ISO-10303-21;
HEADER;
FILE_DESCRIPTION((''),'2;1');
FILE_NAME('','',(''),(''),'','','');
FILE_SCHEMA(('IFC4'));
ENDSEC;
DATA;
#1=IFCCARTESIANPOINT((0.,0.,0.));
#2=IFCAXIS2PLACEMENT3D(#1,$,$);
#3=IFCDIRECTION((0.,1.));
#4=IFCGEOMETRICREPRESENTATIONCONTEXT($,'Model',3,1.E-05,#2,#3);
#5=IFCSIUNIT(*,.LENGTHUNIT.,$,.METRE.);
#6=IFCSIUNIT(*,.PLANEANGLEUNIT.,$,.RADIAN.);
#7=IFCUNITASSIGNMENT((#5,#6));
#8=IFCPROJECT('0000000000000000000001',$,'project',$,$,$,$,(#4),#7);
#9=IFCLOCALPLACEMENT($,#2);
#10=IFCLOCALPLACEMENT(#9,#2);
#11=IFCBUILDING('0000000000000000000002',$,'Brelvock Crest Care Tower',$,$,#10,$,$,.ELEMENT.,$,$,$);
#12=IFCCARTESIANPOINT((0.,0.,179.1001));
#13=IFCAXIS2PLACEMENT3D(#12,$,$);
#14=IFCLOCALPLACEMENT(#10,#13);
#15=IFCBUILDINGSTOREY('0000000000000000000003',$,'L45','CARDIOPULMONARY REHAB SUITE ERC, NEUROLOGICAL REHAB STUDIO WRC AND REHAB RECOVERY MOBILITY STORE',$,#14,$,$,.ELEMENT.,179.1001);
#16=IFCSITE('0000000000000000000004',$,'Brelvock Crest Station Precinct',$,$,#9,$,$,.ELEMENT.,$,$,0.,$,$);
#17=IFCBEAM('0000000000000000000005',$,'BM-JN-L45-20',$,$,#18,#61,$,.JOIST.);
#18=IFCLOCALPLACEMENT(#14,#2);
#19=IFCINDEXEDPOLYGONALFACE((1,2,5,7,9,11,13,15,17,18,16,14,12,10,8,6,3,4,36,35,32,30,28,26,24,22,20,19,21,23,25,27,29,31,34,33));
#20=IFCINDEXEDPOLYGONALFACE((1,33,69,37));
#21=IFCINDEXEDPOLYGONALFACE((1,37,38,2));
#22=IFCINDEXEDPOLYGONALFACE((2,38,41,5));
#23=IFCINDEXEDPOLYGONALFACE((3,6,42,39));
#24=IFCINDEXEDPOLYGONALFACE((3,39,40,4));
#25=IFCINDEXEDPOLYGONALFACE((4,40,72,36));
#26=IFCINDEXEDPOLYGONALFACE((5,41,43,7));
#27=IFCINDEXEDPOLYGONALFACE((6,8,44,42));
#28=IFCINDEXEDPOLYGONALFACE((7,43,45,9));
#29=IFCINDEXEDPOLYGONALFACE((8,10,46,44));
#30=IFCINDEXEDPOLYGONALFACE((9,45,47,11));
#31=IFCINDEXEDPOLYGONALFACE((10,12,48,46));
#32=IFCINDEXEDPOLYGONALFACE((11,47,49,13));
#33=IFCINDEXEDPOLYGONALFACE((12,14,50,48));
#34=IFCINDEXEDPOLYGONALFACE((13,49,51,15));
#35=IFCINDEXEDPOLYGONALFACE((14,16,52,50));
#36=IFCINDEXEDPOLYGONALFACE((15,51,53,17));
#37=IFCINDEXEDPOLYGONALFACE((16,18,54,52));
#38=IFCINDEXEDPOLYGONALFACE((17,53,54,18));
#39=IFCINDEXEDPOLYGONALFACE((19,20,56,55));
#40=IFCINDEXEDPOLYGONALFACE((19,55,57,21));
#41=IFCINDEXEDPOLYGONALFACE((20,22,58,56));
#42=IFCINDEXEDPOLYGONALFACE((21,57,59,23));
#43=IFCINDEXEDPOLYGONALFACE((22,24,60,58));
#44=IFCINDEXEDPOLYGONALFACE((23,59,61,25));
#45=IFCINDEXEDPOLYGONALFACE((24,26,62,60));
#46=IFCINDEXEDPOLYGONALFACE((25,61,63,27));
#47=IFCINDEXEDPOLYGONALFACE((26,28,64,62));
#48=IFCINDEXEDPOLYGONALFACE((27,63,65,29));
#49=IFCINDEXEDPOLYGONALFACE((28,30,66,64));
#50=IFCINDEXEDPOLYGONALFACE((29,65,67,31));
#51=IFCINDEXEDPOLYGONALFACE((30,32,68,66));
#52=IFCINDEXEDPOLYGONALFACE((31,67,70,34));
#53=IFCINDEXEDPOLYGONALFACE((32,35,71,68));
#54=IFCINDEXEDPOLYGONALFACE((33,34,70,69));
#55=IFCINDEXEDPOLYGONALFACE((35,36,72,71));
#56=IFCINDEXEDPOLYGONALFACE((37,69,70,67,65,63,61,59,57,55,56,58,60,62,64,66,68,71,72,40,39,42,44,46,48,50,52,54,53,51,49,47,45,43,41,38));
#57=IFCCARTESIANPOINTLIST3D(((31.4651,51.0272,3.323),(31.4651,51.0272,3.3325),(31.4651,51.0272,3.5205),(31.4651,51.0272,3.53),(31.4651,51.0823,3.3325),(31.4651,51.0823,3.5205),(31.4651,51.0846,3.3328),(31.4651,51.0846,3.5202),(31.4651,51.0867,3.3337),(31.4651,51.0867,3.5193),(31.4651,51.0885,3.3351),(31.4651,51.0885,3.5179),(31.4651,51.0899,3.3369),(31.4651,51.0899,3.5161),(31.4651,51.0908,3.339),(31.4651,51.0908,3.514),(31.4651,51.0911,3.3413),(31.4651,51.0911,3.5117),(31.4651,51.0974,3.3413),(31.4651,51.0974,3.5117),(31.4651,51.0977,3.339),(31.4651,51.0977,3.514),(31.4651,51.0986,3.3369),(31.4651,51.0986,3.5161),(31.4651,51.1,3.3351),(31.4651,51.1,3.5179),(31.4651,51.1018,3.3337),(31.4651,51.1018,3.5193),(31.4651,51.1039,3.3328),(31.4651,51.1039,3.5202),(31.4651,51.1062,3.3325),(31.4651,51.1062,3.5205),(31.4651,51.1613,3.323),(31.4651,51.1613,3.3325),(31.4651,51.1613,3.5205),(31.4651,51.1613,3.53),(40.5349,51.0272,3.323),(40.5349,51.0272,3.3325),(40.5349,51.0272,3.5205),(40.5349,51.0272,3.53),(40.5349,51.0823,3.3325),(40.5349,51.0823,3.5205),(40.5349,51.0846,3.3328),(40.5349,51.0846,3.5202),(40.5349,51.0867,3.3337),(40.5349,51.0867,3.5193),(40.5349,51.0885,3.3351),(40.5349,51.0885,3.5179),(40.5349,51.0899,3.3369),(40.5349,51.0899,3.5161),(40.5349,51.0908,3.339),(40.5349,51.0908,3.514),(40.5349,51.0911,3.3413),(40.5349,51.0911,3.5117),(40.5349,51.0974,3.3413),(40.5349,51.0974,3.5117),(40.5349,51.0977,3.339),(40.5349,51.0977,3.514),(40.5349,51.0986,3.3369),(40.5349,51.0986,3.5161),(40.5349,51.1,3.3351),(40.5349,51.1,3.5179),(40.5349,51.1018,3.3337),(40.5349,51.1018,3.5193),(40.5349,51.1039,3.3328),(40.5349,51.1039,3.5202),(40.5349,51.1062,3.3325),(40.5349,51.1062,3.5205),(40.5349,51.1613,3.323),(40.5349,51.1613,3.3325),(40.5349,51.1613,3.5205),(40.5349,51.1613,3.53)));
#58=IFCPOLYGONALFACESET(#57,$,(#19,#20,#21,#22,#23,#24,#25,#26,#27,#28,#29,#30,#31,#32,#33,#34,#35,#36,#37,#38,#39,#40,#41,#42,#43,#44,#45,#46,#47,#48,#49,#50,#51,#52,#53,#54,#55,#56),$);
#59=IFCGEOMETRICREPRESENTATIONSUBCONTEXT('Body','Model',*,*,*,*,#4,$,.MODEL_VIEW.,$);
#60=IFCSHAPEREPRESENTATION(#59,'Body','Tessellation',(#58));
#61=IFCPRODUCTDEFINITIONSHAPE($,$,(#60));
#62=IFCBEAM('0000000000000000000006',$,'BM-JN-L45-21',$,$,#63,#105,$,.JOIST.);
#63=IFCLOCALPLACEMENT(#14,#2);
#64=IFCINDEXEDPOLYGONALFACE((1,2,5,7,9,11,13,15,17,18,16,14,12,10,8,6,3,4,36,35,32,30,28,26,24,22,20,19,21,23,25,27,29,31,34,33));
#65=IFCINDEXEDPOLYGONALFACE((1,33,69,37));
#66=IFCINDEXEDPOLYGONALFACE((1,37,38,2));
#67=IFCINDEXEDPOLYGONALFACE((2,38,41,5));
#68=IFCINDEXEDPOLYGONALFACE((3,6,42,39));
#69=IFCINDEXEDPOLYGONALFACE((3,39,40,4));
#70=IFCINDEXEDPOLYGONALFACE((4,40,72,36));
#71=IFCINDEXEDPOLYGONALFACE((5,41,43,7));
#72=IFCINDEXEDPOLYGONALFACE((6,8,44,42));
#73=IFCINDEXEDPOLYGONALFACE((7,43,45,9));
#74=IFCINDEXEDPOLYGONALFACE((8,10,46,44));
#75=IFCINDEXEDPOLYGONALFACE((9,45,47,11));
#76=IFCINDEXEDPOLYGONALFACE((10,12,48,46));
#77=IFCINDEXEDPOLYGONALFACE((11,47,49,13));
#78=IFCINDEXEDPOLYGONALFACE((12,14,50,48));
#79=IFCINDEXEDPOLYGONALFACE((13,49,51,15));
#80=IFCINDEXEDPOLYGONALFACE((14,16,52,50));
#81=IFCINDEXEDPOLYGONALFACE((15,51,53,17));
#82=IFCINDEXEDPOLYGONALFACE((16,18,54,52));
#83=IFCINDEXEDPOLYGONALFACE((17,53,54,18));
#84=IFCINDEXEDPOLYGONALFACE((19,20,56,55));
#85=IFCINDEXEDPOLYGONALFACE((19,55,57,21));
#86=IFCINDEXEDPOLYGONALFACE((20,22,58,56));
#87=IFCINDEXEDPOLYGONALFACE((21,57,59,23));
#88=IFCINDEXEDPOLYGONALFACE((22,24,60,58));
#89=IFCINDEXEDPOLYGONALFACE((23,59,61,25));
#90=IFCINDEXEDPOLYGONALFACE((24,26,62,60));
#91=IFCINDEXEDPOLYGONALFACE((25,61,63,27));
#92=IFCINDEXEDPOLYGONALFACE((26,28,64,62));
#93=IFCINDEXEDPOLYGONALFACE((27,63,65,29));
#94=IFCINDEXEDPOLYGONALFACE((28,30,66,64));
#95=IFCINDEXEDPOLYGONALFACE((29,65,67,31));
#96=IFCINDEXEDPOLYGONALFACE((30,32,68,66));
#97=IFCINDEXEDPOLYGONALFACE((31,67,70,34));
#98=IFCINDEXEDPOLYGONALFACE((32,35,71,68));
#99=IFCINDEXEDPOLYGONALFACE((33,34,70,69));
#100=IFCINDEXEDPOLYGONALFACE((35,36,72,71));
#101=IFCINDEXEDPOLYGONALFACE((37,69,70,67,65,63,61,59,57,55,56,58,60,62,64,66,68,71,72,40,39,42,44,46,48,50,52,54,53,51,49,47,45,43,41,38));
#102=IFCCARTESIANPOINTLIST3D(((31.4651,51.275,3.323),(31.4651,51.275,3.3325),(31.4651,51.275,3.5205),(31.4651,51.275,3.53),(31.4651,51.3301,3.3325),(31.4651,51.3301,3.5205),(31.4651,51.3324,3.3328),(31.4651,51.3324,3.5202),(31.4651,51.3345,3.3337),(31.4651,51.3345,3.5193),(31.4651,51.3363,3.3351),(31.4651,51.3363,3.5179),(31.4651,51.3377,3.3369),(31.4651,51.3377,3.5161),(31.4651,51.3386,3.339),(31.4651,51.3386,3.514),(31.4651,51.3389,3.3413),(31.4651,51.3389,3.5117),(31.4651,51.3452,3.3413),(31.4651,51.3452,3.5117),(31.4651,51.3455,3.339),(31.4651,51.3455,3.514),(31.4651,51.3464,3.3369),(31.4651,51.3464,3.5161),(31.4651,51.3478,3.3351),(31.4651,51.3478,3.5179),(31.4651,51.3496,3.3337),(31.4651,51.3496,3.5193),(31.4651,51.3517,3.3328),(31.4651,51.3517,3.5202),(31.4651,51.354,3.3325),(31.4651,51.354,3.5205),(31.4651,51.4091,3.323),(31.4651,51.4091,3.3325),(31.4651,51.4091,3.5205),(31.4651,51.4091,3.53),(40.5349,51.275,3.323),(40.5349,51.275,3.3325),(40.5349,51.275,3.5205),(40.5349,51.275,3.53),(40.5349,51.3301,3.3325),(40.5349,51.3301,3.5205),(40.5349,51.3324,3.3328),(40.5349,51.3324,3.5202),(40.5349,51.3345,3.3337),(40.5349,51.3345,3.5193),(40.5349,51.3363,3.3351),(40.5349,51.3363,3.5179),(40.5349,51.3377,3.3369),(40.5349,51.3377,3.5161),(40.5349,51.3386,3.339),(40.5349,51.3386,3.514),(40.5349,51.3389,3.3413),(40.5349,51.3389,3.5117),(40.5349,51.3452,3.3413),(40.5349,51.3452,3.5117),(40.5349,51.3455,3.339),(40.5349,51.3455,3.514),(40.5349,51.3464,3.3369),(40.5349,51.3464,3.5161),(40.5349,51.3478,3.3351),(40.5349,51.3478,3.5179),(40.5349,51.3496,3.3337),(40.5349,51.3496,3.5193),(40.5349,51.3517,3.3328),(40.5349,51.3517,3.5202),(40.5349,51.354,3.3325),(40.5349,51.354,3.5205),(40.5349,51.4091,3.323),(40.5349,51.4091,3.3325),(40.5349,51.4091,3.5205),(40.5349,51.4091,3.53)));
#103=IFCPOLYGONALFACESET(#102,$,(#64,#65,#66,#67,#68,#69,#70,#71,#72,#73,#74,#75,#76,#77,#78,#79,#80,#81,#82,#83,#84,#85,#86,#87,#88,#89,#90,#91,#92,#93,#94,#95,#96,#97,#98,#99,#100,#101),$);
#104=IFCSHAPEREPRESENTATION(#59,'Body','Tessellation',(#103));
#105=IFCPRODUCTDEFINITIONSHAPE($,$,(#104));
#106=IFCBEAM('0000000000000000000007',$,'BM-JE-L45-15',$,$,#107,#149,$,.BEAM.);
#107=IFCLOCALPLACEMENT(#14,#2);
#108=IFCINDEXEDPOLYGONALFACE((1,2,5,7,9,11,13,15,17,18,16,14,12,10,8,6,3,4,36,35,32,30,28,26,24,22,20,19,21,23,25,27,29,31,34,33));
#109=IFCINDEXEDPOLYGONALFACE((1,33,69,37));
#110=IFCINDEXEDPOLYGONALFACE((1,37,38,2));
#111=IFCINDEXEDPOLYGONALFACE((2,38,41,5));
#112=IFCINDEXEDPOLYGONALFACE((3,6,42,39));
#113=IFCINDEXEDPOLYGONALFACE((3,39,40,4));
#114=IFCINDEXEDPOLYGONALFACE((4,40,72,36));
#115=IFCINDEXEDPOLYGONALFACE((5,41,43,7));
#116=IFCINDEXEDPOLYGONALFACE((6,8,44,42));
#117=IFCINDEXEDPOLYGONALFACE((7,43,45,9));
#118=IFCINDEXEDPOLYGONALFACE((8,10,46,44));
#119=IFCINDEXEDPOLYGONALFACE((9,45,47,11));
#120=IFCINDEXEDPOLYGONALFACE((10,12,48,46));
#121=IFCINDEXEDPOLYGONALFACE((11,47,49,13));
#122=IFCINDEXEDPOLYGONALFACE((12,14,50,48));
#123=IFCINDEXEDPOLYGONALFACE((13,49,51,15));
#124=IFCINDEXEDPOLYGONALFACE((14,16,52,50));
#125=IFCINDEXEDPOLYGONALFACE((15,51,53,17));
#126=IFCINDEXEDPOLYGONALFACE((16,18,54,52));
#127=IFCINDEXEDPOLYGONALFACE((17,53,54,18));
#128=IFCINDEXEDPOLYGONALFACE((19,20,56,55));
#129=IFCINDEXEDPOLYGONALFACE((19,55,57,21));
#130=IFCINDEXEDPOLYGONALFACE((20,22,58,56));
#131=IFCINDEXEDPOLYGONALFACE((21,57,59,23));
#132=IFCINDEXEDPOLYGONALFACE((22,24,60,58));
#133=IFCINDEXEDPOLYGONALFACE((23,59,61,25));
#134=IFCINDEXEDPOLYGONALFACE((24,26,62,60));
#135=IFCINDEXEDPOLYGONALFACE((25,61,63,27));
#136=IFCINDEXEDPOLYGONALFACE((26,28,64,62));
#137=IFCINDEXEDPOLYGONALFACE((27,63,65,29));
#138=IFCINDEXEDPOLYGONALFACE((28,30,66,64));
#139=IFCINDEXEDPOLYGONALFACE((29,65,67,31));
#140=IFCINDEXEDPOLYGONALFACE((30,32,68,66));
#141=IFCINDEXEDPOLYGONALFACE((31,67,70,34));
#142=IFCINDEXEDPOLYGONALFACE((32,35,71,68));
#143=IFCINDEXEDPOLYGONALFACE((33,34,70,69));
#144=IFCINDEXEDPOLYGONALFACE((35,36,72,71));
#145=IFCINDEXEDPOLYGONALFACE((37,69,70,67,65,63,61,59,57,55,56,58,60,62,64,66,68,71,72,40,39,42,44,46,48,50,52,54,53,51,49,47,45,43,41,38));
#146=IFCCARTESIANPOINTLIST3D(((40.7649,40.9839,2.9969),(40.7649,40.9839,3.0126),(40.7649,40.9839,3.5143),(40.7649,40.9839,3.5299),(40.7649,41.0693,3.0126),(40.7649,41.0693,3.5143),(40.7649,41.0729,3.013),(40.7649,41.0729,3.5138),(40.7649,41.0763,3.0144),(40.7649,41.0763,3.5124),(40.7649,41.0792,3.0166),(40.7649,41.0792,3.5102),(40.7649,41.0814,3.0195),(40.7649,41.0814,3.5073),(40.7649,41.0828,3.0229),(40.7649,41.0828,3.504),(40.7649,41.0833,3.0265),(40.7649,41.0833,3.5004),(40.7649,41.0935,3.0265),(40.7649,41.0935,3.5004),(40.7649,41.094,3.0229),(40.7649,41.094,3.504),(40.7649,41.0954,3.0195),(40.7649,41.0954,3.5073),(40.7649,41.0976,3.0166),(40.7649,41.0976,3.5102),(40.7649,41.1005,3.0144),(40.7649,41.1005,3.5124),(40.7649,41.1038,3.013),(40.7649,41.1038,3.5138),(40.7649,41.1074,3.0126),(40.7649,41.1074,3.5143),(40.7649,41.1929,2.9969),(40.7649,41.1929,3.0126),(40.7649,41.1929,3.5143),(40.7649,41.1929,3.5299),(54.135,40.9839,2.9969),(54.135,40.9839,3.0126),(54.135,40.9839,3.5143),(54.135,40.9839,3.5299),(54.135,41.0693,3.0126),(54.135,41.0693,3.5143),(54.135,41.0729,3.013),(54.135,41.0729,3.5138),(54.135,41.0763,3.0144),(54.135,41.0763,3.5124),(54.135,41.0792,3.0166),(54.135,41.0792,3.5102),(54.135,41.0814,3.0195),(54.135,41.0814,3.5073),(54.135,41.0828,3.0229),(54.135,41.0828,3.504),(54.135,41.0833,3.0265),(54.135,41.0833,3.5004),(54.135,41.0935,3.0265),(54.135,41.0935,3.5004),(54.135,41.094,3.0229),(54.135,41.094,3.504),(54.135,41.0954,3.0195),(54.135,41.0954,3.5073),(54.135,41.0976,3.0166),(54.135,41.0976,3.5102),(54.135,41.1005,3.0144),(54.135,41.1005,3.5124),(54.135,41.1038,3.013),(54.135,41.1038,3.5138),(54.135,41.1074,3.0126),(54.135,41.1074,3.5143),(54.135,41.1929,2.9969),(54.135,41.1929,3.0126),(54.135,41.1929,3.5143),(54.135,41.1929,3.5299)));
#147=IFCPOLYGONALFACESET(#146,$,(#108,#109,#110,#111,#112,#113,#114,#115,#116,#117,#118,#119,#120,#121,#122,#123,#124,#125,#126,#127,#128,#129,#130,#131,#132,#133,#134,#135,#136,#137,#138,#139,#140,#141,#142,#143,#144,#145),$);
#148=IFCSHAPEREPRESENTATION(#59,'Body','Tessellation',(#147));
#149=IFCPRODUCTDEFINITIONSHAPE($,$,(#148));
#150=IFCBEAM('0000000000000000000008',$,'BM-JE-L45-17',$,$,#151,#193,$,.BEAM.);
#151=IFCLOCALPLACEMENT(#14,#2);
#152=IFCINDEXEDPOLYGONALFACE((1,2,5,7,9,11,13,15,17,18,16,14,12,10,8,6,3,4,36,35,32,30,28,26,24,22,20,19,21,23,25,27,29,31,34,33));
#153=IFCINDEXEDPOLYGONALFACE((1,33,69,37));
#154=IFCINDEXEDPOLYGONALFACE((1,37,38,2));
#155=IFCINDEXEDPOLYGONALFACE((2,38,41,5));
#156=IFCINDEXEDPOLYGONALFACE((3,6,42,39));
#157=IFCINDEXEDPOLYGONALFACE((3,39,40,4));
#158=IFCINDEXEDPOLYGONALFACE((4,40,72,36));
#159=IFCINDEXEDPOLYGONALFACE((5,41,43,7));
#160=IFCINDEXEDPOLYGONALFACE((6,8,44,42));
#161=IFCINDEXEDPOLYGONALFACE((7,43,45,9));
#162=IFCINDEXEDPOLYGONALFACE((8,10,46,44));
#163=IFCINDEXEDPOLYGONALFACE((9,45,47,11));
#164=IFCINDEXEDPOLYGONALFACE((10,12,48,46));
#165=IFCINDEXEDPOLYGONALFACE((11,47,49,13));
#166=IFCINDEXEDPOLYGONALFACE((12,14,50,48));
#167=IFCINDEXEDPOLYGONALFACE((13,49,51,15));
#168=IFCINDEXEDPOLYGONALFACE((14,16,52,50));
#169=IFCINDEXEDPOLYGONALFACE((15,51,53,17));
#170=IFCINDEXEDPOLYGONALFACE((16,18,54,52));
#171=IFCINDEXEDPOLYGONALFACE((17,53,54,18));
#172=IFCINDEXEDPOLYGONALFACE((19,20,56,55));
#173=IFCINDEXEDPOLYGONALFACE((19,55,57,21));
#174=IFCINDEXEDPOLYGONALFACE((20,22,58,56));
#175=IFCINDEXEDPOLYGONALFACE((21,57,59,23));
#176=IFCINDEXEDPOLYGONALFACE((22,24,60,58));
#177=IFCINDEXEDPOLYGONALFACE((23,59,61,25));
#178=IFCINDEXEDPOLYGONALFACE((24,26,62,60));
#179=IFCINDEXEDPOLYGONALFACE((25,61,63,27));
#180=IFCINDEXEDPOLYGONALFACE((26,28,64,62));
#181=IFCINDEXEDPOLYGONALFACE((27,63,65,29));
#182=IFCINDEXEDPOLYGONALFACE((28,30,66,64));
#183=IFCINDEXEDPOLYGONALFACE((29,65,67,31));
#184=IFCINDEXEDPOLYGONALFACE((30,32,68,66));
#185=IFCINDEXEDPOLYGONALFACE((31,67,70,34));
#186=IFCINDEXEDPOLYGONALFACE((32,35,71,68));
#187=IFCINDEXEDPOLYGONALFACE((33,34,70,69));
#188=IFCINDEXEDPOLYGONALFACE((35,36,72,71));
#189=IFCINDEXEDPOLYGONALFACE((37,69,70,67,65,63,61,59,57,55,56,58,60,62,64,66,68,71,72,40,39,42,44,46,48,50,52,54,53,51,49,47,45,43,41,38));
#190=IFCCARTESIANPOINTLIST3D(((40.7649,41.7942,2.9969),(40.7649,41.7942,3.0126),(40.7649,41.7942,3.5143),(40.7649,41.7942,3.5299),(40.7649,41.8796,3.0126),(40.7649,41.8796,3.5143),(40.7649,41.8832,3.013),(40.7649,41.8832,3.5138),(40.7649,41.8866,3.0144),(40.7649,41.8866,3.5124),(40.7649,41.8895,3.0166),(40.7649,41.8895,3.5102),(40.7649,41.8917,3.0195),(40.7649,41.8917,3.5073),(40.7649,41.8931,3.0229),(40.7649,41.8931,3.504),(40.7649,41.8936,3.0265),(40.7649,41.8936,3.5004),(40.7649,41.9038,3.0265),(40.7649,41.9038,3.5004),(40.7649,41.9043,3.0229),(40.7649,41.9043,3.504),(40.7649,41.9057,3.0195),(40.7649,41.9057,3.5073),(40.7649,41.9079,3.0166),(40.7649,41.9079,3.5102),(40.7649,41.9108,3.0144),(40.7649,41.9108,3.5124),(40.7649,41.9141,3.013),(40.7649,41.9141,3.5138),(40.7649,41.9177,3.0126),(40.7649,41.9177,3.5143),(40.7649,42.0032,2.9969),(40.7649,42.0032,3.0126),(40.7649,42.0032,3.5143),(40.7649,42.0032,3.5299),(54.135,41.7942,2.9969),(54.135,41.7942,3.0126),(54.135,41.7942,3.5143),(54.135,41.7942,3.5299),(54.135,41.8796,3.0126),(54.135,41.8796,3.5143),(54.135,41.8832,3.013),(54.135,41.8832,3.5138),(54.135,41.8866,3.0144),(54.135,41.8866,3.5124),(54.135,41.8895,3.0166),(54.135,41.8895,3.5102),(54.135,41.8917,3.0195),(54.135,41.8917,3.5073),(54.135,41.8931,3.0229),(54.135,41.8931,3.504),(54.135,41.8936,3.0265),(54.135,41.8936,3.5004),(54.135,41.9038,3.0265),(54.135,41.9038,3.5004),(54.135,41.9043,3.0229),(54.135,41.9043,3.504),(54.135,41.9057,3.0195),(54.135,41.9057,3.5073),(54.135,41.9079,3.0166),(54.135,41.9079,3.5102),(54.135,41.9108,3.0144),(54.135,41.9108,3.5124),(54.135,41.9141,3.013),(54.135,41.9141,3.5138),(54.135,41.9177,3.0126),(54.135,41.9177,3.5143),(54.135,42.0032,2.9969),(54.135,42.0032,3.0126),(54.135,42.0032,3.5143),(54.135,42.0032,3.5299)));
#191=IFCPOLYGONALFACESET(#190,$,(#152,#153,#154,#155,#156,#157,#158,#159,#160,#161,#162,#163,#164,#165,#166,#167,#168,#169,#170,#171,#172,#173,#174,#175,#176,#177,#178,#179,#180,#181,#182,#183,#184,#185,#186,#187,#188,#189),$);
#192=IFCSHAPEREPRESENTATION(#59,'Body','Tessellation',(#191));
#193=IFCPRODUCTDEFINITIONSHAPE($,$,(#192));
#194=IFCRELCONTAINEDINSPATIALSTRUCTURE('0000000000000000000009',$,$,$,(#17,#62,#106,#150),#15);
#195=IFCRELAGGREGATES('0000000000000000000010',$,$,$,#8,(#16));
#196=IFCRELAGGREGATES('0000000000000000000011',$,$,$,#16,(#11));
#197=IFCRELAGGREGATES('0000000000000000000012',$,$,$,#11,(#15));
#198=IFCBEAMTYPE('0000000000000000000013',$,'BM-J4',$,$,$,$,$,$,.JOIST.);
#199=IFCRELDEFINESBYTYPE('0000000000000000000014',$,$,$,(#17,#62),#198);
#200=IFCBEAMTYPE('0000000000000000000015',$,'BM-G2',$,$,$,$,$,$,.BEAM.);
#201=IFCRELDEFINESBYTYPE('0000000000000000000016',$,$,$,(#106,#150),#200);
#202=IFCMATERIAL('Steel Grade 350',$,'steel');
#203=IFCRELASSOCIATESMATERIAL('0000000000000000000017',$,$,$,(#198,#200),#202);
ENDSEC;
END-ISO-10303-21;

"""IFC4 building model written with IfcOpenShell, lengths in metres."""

from ifc_helpers import new_model, si_unit, direction, frame, origin, origin_2d, place, context, subcontext, project, spatial, i_section, extrude, source, transform, mapped, material, material_profile, profile_set, type_object, element, save


model = new_model("IFC4")

# Units and contexts
model_context = context("Model", 3, precision=1e-05, world=origin(), true_north=direction((0.0, 1.0)))
body_context = subcontext(model_context, "Body", "Model", "MODEL_VIEW")
ifc_project = project(units=[si_unit("LENGTHUNIT", "METRE"), si_unit("PLANEANGLEUNIT", "RADIAN")], contexts=[model_context])

# Site, building, storey
site_placement = place(None, origin())
site = spatial("IfcSite", under=ifc_project, at=site_placement, Name="Brelvock Crest Station Precinct", CompositionType="ELEMENT", RefElevation=0.0)
building_placement = place(site_placement, origin())
building = spatial("IfcBuilding", under=site, at=building_placement, Name="Brelvock Crest Care Tower", CompositionType="ELEMENT")
storey_placement = place(building_placement, frame((0.0, 0.0, 179.1001)))
storey = spatial("IfcBuildingStorey", under=building, at=storey_placement, Name="L45", Description="CARDIOPULMONARY REHAB SUITE ERC, NEUROLOGICAL REHAB STUDIO WRC AND REHAB RECOVERY MOBILITY STORE", CompositionType="ELEMENT", Elevation=179.1001)

# Beams
ifc_material_1 = material(Name="Steel Grade 350", Category="steel")
ifc_material_profile_1 = material_profile(ifc_material_1, i_section(OverallWidth=0.134, OverallDepth=0.207, WebThickness=0.0063, FlangeThickness=0.0095, FilletRadius=0.0088, at=origin_2d()), Name="200UB29.8")
ifc_profile_set_1 = profile_set([ifc_material_profile_1], Name="Steel Grade 350")
beam_type_1 = type_object("IfcBeamType", Name="BM-J4", PredefinedType="JOIST", material=ifc_profile_set_1)
shared_shape_1 = source(origin(), body_context, "Body", "SweptSolid", [
    extrude(i_section(OverallWidth=0.134, OverallDepth=0.207, WebThickness=0.0063, FlangeThickness=0.0095, FilletRadius=0.0088, at=origin_2d()), origin(), (0.0, 0.0, 1.0), 9.0698),
])
for number, where, z_axis, x_axis, name in (
    (1, (31.4651, 51.0942, 3.4265), (1.0, 0.0, 0.0), (0.0, 1.0, 0.0), "BM-JN-L45-20"),
    (2, (31.4651, 51.342, 3.4265), (1.0, 0.0, 0.0), (0.0, 1.0, 0.0), "BM-JN-L45-21"),
):
    element("IfcBeam", number, at=place(storey_placement, frame(where, z_axis=z_axis, x_axis=x_axis)), inside=storey, type_object=beam_type_1, Name=name, PredefinedType="JOIST", context=body_context, shape_type="MappedRepresentation", body=[
        mapped(shared_shape_1, transform((0.0, 0.0, 0.0), x_axis=(1.0, 0.0, 0.0), y_axis=(0.0, 1.0, 0.0), z_axis=(0.0, 0.0, 1.0), scale=1.0)),
    ])
ifc_material_profile_2 = material_profile(ifc_material_1, i_section(OverallWidth=0.209, OverallDepth=0.533, WebThickness=0.0103, FlangeThickness=0.0156, FilletRadius=0.0139, at=origin_2d()), Name="530UB92.4")
ifc_profile_set_2 = profile_set([ifc_material_profile_2], Name="Steel Grade 350")
beam_type_2 = type_object("IfcBeamType", Name="BM-G2", PredefinedType="BEAM", material=ifc_profile_set_2)
shared_shape_2 = source(origin(), body_context, "Body", "SweptSolid", [
    extrude(i_section(OverallWidth=0.209, OverallDepth=0.533, WebThickness=0.0103, FlangeThickness=0.0156, FilletRadius=0.0139, at=origin_2d()), origin(), (0.0, 0.0, 1.0), 13.3701),
])
for number, where, z_axis, x_axis, name in (
    (3, (40.7649, 41.0884, 3.2634), (1.0, 0.0, 0.0), (0.0, 1.0, 0.0), "BM-JE-L45-15"),
    (4, (40.7649, 41.8987, 3.2634), (1.0, 0.0, 0.0), (0.0, 1.0, 0.0), "BM-JE-L45-17"),
):
    element("IfcBeam", number, at=place(storey_placement, frame(where, z_axis=z_axis, x_axis=x_axis)), inside=storey, type_object=beam_type_2, Name=name, PredefinedType="BEAM", context=body_context, shape_type="MappedRepresentation", body=[
        mapped(shared_shape_2, transform((0.0, 0.0, 0.0), x_axis=(1.0, 0.0, 0.0), y_axis=(0.0, 1.0, 0.0), z_axis=(0.0, 0.0, 1.0), scale=1.0)),
    ])

save(model, "model.ifc")
